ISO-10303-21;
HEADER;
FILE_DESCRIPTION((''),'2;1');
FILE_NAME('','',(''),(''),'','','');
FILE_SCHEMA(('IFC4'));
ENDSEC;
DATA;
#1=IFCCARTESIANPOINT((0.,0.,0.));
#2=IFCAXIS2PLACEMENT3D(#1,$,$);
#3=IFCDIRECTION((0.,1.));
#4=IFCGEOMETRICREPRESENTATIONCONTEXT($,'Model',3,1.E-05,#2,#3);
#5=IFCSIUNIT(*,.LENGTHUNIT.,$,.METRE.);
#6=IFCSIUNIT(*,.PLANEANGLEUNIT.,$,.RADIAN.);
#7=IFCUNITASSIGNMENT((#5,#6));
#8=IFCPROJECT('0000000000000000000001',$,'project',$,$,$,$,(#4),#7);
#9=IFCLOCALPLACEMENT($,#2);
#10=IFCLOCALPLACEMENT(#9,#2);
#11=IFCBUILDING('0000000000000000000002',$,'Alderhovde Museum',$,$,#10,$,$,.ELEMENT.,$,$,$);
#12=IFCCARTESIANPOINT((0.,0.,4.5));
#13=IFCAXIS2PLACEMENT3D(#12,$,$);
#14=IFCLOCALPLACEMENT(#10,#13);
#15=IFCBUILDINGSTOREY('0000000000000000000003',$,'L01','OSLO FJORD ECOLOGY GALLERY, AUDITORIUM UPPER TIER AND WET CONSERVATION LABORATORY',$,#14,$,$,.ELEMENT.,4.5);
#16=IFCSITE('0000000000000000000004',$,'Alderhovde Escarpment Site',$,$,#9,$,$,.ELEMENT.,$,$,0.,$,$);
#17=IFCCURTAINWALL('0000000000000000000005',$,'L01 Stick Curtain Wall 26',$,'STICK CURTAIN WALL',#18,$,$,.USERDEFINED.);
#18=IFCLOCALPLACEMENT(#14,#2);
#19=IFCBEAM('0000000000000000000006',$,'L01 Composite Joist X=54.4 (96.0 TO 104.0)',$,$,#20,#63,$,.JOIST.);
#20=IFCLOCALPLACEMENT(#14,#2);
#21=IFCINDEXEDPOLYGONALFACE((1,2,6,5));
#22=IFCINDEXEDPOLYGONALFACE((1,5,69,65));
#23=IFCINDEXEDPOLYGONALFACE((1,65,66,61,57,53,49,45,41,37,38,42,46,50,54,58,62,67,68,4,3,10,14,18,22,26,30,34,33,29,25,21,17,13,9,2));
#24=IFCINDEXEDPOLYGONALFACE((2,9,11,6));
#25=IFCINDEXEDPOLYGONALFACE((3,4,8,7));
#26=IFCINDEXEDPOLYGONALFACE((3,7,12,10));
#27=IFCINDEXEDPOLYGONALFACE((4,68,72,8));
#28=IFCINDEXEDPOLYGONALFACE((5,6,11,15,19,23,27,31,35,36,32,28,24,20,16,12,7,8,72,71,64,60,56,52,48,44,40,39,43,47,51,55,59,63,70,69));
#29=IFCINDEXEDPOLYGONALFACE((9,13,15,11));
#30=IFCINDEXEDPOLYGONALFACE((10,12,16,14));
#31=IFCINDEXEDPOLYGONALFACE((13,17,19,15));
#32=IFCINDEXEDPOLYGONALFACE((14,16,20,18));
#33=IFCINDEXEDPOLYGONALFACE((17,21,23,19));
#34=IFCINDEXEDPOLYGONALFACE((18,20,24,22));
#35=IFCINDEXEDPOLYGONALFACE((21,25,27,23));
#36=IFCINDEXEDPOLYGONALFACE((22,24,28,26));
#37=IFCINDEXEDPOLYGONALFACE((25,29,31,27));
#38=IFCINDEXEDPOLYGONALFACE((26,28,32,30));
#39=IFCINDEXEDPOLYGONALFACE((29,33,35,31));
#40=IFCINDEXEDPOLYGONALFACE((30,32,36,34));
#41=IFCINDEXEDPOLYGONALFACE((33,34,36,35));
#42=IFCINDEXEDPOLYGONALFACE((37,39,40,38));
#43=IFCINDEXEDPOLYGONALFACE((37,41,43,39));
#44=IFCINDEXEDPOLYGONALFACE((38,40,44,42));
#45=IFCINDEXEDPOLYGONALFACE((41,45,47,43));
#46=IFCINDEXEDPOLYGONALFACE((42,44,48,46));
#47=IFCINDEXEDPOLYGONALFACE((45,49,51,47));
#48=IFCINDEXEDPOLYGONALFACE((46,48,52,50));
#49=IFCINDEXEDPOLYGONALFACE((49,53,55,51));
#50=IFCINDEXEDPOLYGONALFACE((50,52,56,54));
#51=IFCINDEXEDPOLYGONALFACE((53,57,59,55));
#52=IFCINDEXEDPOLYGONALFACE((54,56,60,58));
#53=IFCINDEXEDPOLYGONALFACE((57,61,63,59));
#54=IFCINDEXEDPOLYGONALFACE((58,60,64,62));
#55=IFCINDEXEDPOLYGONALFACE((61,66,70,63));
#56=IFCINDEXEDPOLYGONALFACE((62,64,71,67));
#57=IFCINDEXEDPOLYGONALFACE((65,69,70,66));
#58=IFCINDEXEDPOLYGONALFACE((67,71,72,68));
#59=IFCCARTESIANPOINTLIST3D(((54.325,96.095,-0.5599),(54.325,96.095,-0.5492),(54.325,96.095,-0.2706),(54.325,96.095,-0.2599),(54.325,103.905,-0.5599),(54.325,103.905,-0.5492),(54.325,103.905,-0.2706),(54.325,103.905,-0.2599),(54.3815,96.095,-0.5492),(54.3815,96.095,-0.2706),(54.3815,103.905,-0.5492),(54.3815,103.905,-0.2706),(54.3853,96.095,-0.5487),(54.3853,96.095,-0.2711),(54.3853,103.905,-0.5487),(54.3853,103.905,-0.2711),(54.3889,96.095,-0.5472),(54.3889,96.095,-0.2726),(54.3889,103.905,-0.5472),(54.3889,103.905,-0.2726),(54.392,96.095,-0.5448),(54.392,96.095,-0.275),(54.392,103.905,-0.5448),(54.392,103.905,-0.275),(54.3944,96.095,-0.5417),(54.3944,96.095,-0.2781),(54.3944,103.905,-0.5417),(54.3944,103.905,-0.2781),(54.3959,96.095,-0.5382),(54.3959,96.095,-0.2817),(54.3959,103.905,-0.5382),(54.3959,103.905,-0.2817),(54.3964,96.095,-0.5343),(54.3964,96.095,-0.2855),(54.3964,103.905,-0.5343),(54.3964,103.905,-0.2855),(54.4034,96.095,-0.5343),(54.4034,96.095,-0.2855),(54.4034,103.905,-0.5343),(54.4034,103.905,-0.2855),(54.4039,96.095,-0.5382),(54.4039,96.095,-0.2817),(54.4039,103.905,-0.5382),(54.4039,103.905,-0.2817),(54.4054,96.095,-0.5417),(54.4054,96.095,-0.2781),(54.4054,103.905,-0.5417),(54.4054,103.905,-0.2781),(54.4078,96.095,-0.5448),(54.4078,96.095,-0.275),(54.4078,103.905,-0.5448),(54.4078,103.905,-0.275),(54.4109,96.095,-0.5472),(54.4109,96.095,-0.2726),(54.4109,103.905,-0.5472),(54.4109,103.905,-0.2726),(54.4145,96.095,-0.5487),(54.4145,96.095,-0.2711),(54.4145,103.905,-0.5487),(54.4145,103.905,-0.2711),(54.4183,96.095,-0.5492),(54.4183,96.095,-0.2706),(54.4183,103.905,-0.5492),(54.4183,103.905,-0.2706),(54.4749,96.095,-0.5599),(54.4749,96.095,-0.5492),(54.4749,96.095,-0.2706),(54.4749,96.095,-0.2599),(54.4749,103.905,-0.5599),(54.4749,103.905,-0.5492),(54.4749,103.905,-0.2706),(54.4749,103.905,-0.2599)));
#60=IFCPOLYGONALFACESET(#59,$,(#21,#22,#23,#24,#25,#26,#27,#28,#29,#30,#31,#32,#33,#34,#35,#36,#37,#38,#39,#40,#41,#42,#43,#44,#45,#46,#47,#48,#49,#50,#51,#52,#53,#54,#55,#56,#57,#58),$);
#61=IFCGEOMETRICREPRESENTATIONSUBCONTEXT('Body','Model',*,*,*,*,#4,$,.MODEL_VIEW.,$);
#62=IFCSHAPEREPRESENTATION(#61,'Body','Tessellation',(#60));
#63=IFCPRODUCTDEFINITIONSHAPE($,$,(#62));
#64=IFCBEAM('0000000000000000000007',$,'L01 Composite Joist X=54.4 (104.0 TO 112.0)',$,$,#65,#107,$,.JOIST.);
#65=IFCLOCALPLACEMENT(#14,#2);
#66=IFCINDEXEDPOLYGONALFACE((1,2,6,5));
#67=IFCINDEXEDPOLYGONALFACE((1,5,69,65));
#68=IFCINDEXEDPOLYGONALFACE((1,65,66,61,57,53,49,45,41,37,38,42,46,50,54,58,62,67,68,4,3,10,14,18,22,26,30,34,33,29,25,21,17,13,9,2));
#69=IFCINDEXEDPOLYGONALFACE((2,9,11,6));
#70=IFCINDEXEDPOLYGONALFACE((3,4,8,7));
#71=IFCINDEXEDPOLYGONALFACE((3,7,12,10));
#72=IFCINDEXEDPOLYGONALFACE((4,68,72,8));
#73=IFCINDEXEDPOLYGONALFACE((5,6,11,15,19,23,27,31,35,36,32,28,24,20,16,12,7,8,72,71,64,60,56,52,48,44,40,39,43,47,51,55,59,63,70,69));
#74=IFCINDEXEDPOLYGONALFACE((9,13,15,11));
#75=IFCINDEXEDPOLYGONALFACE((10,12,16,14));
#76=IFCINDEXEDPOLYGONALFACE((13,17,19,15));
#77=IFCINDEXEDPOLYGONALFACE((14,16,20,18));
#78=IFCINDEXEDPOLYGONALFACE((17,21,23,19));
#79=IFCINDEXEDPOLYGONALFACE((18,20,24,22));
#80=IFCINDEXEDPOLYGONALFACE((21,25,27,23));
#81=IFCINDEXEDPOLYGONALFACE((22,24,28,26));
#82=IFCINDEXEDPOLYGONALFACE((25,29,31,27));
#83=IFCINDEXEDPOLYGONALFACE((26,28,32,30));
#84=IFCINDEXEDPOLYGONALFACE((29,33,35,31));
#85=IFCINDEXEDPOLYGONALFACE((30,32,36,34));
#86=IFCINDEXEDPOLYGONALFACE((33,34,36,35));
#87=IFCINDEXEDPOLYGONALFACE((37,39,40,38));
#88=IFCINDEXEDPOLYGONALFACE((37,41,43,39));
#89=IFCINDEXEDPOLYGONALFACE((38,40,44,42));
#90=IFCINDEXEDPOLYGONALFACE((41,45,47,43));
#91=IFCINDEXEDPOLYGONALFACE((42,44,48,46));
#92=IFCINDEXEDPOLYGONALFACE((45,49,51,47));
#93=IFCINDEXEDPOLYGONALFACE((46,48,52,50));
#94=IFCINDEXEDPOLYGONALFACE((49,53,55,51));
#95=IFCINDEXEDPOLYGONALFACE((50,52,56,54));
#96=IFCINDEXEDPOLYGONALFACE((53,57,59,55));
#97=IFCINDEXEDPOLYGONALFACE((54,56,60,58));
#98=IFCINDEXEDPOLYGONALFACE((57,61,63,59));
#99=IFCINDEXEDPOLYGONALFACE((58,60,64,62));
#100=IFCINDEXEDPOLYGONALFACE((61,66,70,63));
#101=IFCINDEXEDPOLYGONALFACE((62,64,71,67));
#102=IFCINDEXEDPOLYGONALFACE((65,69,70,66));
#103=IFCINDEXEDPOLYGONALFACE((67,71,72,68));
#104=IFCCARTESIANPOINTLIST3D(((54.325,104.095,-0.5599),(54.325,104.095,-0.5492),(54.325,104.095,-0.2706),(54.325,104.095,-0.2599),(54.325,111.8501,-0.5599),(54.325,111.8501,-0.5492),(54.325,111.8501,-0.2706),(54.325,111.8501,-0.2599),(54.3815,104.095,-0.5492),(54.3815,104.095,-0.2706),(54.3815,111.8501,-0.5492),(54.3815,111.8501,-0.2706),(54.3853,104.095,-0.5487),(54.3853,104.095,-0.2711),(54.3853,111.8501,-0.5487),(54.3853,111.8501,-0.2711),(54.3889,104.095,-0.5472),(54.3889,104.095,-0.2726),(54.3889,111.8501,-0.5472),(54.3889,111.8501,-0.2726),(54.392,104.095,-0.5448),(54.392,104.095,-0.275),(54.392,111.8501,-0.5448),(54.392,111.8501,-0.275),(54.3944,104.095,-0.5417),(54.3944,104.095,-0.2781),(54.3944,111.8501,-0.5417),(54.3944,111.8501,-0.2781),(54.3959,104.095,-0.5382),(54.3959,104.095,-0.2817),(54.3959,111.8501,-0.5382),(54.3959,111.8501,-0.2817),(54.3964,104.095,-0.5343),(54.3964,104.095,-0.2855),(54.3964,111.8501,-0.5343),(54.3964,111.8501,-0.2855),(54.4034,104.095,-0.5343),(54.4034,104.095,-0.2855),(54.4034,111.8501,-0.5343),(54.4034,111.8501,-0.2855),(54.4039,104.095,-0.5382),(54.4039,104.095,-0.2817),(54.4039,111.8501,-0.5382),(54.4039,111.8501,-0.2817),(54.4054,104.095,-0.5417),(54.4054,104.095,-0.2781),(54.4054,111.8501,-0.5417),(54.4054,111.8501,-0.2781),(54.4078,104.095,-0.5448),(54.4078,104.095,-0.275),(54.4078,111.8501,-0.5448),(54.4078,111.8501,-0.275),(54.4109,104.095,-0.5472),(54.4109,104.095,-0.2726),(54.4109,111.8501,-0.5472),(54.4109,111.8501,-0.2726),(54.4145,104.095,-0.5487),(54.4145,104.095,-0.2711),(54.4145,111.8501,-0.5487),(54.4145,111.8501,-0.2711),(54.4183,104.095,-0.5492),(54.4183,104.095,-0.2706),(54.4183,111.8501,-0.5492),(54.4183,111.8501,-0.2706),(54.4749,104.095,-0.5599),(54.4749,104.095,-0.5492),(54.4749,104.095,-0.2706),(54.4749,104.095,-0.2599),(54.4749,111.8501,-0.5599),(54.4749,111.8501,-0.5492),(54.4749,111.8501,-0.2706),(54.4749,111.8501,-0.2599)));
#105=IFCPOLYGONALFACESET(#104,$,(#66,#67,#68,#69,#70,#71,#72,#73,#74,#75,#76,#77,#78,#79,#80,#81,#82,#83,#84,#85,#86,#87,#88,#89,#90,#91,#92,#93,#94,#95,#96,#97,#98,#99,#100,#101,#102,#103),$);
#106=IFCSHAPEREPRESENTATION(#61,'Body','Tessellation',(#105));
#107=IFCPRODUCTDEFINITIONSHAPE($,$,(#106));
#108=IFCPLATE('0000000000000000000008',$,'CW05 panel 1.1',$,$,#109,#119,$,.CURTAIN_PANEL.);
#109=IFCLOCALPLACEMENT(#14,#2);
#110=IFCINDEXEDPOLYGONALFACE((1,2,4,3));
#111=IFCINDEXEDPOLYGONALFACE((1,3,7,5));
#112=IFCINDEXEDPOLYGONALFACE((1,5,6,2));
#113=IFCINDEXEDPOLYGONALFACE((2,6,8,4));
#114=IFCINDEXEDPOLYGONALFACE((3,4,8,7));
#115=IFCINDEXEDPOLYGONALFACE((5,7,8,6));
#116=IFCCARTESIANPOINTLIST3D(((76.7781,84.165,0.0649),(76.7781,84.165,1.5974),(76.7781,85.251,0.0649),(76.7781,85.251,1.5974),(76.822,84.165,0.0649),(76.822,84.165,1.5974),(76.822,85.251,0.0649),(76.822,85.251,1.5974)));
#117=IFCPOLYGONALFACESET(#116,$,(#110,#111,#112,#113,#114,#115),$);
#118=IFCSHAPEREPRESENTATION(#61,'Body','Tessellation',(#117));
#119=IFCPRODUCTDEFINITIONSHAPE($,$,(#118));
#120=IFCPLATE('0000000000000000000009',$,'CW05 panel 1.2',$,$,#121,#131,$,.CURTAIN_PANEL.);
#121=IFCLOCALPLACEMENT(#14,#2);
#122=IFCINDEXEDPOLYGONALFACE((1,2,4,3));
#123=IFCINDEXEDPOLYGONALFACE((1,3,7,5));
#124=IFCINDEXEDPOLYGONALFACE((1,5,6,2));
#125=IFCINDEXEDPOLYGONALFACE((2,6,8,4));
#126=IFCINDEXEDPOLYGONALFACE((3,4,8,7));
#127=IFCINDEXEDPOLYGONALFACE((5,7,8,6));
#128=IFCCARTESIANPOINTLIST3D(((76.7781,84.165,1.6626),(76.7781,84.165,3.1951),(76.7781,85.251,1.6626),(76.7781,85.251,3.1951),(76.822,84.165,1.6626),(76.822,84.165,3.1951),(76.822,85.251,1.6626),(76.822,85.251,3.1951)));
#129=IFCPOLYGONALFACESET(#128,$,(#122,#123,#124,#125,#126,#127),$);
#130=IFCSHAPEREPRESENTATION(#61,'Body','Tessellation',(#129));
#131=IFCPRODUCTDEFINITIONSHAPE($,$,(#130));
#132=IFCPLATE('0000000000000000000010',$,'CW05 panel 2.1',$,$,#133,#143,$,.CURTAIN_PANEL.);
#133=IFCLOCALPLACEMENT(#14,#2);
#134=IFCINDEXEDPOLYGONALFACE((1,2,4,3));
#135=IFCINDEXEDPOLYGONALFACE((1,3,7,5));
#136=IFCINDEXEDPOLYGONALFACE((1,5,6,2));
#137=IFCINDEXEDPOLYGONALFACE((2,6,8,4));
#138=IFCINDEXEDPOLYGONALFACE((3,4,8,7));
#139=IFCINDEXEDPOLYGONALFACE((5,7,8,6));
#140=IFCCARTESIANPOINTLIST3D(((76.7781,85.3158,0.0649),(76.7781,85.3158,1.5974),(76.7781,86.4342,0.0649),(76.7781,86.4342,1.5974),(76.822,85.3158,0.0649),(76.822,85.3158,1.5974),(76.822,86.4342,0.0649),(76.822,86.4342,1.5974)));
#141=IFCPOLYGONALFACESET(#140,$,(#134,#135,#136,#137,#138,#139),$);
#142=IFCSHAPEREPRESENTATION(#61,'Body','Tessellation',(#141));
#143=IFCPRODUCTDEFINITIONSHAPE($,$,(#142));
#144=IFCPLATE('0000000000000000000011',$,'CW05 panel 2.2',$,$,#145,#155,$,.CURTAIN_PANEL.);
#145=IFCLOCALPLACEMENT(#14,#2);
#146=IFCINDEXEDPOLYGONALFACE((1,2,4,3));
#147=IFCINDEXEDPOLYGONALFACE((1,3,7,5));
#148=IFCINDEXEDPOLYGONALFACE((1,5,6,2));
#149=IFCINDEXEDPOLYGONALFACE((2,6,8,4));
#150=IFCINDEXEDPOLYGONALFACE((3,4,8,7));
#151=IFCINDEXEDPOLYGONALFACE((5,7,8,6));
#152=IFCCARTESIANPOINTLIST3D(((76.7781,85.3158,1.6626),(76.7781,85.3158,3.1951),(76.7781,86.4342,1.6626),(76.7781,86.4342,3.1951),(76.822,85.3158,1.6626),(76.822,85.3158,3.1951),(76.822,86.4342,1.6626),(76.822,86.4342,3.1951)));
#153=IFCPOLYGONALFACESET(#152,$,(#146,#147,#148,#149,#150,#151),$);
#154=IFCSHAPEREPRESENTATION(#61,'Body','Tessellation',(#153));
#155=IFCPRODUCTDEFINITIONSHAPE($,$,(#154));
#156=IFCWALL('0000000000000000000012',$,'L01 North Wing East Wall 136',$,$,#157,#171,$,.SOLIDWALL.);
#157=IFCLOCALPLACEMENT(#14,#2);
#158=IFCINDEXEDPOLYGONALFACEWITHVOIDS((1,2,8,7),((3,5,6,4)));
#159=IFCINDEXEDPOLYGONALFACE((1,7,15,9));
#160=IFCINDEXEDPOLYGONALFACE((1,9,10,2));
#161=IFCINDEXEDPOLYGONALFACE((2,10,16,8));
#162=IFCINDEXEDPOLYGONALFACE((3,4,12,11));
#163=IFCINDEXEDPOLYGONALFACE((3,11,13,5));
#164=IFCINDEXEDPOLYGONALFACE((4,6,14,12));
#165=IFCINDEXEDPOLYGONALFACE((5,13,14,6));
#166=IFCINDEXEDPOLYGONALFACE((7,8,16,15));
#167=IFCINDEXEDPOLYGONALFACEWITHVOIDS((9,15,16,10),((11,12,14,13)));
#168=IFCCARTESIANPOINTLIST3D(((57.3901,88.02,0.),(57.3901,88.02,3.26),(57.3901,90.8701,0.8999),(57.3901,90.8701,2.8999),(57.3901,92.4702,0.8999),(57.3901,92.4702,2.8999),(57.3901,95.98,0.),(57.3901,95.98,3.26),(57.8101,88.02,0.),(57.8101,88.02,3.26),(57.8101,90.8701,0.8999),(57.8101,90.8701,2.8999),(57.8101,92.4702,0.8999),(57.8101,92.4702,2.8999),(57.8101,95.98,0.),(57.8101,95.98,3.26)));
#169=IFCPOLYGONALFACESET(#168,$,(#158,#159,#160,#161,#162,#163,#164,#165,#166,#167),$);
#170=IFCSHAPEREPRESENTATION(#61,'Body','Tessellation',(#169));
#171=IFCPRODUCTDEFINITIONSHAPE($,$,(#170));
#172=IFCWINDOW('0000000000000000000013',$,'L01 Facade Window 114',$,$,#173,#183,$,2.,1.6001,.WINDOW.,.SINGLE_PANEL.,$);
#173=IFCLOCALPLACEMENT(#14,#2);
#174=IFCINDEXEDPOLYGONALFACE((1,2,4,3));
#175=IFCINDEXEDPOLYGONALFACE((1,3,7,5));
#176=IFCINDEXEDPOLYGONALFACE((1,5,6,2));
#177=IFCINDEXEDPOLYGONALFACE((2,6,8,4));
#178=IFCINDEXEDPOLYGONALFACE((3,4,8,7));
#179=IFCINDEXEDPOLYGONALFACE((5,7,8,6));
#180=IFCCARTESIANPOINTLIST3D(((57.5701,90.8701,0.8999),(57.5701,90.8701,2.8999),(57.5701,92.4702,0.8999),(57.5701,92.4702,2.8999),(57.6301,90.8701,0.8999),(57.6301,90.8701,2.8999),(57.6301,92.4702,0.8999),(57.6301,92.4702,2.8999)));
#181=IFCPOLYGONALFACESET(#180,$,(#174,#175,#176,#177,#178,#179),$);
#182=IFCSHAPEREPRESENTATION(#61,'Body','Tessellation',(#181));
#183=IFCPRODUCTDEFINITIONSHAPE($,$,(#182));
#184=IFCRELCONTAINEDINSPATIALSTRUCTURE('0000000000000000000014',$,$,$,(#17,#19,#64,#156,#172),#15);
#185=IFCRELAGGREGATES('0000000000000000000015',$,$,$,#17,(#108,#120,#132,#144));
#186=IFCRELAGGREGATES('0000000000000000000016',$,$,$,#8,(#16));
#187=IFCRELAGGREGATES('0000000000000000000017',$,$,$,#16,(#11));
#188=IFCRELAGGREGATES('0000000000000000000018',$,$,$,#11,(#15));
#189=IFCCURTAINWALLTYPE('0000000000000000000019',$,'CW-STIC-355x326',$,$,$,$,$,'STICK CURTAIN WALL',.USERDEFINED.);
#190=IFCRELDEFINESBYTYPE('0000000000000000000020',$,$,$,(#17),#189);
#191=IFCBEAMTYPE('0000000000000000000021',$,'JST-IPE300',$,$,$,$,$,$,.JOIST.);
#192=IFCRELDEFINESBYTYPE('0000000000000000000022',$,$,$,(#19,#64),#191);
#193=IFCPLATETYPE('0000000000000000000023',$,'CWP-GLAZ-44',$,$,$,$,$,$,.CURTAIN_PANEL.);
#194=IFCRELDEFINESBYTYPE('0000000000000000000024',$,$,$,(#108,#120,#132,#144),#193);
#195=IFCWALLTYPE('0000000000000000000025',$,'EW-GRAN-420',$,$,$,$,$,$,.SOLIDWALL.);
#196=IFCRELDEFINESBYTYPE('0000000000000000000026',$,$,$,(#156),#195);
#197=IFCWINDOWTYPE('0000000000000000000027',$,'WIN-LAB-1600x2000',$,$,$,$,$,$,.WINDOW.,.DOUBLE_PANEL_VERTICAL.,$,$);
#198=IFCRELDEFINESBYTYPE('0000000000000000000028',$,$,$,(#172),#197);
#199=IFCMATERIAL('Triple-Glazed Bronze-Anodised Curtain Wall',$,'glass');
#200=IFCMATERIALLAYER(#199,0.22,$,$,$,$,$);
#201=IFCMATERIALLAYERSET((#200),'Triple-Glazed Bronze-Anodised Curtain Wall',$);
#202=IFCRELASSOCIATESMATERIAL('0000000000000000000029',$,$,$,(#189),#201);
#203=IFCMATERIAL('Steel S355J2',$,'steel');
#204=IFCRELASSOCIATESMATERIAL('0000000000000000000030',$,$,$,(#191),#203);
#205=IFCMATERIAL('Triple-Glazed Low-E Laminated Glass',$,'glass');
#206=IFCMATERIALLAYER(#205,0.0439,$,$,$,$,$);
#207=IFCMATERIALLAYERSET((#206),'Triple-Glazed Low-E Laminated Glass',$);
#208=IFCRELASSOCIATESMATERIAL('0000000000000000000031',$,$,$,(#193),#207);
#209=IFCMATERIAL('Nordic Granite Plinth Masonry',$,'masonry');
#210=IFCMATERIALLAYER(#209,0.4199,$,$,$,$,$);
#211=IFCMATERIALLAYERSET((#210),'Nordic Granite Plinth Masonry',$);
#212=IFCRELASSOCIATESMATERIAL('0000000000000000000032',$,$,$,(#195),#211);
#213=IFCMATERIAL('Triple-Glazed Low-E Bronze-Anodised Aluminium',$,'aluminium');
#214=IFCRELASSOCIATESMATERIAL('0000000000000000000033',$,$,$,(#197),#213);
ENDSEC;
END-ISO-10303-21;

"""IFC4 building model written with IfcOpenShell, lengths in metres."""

from ifc_helpers import new_model, si_unit, direction, frame, frame_2d, origin, origin_2d, place, context, subcontext, project, spatial, rectangle, i_section, extrude, material, layer, layer_set, material_profile, profile_set, type_object, element, fill, aggregate, save


model = new_model("IFC4")

# Units and contexts
model_context = context("Model", 3, precision=1e-05, world=origin(), true_north=direction((0.0, 1.0)))
body_context = subcontext(model_context, "Body", "Model", "MODEL_VIEW")
ifc_project = project(units=[si_unit("LENGTHUNIT", "METRE"), si_unit("PLANEANGLEUNIT", "RADIAN")], contexts=[model_context])

# Site, building, storey
site_placement = place(None, origin())
site = spatial("IfcSite", under=ifc_project, at=site_placement, Name="Alderhovde Escarpment Site", CompositionType="ELEMENT", RefElevation=0.0)
building_placement = place(site_placement, origin())
building = spatial("IfcBuilding", under=site, at=building_placement, Name="Alderhovde Museum", CompositionType="ELEMENT")
storey_placement = place(building_placement, frame((0.0, 0.0, 4.5)))
storey = spatial("IfcBuildingStorey", under=building, at=storey_placement, Name="L01", Description="OSLO FJORD ECOLOGY GALLERY, AUDITORIUM UPPER TIER AND WET CONSERVATION LABORATORY", CompositionType="ELEMENT", Elevation=4.5)

# Curtain wall
ifc_material_1 = material(Name="Triple-Glazed Bronze-Anodised Curtain Wall", Category="glass")
ifc_layer_1 = layer(ifc_material_1, 0.22)
ifc_layer_set_1 = layer_set([ifc_layer_1], Name="Triple-Glazed Bronze-Anodised Curtain Wall")
curtain_wall_type = type_object("IfcCurtainWallType", Name="CW-STIC-355x326", ElementType="STICK CURTAIN WALL", PredefinedType="USERDEFINED", material=ifc_layer_set_1)
curtain_wall_placement = place(storey_placement, origin())
curtain_wall = element("IfcCurtainWall", 1, at=curtain_wall_placement, inside=storey, type_object=curtain_wall_type, Name="L01 Stick Curtain Wall 26", ObjectType="STICK CURTAIN WALL", PredefinedType="USERDEFINED")

# Beams
ifc_material_2 = material(Name="Steel S355J2", Category="steel")
ifc_material_profile_1 = material_profile(ifc_material_2, i_section(OverallWidth=0.1499, OverallDepth=0.3, WebThickness=0.0071, FlangeThickness=0.0107, FilletRadius=0.0149, at=origin_2d()), Name="IPE 300")
ifc_profile_set_1 = profile_set([ifc_material_profile_1], Name="Steel S355J2")
beam_type_1 = type_object("IfcBeamType", Name="JST-IPE300", PredefinedType="JOIST", material=ifc_profile_set_1)
for number, where, z_axis, x_axis, name in (
    (2, (54.3999, 96.095, -0.4099), (0.0, 1.0, 0.0), (-1.0, 0.0, 0.0), "L01 Composite Joist X=54.4 (96.0 TO 104.0)"),
):
    element("IfcBeam", number, at=place(storey_placement, frame(where, z_axis=z_axis, x_axis=x_axis)), inside=storey, type_object=beam_type_1, Name=name, PredefinedType="JOIST", context=body_context, shape_type="SweptSolid", body=[
        extrude(i_section(OverallWidth=0.1499, OverallDepth=0.3, WebThickness=0.0071, FlangeThickness=0.0107, FilletRadius=0.0149, at=origin_2d()), origin(), (0.0, 0.0, 1.0), 7.8101),
    ])
beam_placement = place(storey_placement, frame((54.3999, 104.095, -0.4099), z_axis=(0.0, 1.0, 0.0), x_axis=(-1.0, 0.0, 0.0)))
element("IfcBeam", 3, at=beam_placement, inside=storey, type_object=beam_type_1, Name="L01 Composite Joist X=54.4 (104.0 TO 112.0)", PredefinedType="JOIST", context=body_context, shape_type="SweptSolid", body=[
    extrude(i_section(OverallWidth=0.1499, OverallDepth=0.3, WebThickness=0.0071, FlangeThickness=0.0107, FilletRadius=0.0149, at=origin_2d()), origin(), (0.0, 0.0, 1.0), 7.7551),
])

# Plates
ifc_material_3 = material(Name="Triple-Glazed Low-E Laminated Glass", Category="glass")
ifc_layer_2 = layer(ifc_material_3, 0.0439)
ifc_layer_set_2 = layer_set([ifc_layer_2], Name="Triple-Glazed Low-E Laminated Glass")
plate_type = type_object("IfcPlateType", Name="CWP-GLAZ-44", PredefinedType="CURTAIN_PANEL", material=ifc_layer_set_2)
plate_1_placement = place(storey_placement, frame((76.8, 84.708, 0.0649), z_axis=(0.0, 0.0, 1.0), x_axis=(0.0, 1.0, 0.0)))
plate_1 = element("IfcPlate", 4, at=plate_1_placement, type_object=plate_type, Name="CW05 panel 1.1", PredefinedType="CURTAIN_PANEL", context=body_context, shape_type="SweptSolid", body=[
    extrude(rectangle(XDim=1.0859, YDim=0.0439, at=origin_2d()), origin(), (0.0, 0.0, 1.0), 1.5325),
])
plate_2_placement = place(storey_placement, frame((76.8, 84.708, 1.6626), z_axis=(0.0, 0.0, 1.0), x_axis=(0.0, 1.0, 0.0)))
plate_2 = element("IfcPlate", 5, at=plate_2_placement, type_object=plate_type, Name="CW05 panel 1.2", PredefinedType="CURTAIN_PANEL", context=body_context, shape_type="SweptSolid", body=[
    extrude(rectangle(XDim=1.0859, YDim=0.0439, at=origin_2d()), origin(), (0.0, 0.0, 1.0), 1.5325),
])
plate_3_placement = place(storey_placement, frame((76.8, 85.875, 0.0649), z_axis=(0.0, 0.0, 1.0), x_axis=(0.0, 1.0, 0.0)))
plate_3 = element("IfcPlate", 6, at=plate_3_placement, type_object=plate_type, Name="CW05 panel 2.1", PredefinedType="CURTAIN_PANEL", context=body_context, shape_type="SweptSolid", body=[
    extrude(rectangle(XDim=1.1184, YDim=0.0439, at=origin_2d()), origin(), (0.0, 0.0, 1.0), 1.5325),
])
plate_4_placement = place(storey_placement, frame((76.8, 85.875, 1.6626), z_axis=(0.0, 0.0, 1.0), x_axis=(0.0, 1.0, 0.0)))
plate_4 = element("IfcPlate", 7, at=plate_4_placement, type_object=plate_type, Name="CW05 panel 2.2", PredefinedType="CURTAIN_PANEL", context=body_context, shape_type="SweptSolid", body=[
    extrude(rectangle(XDim=1.1184, YDim=0.0439, at=origin_2d()), origin(), (0.0, 0.0, 1.0), 1.5325),
])
aggregate(curtain_wall, [plate_1, plate_2, plate_3, plate_4])

# Wall, opening, window
ifc_material_4 = material(Name="Nordic Granite Plinth Masonry", Category="masonry")
ifc_layer_3 = layer(ifc_material_4, 0.4199)
ifc_layer_set_3 = layer_set([ifc_layer_3], Name="Nordic Granite Plinth Masonry")
wall_type = type_object("IfcWallType", Name="EW-GRAN-420", PredefinedType="SOLIDWALL", material=ifc_layer_set_3)
wall_1_placement = place(storey_placement, frame((57.6001, 88.02, 0.0), z_axis=(0.0, 0.0, 1.0), x_axis=(0.0, 1.0, 0.0)))
wall_1 = element("IfcWall", 8, at=wall_1_placement, inside=storey, type_object=wall_type, Name="L01 North Wing East Wall 136", PredefinedType="SOLIDWALL", context=body_context, shape_type="SweptSolid", body=[
    extrude(rectangle(XDim=7.96, YDim=0.4199, at=frame_2d((3.98, 0.0))), origin(), (0.0, 0.0, 1.0), 3.26),
])
opening_1_placement = place(wall_1_placement, frame((2.8501, 0.0, 0.8999)))
opening_1 = element("IfcOpeningElement", 9, at=opening_1_placement, cuts=wall_1, PredefinedType="OPENING", context=body_context, shape_type="SweptSolid", body=[
    extrude(rectangle(XDim=1.6001, YDim=2.0, at=frame_2d((0.8, 1.0))), frame((0.0, 0.22, 0.0), z_axis=(0.0, -1.0, 0.0), x_axis=(1.0, 0.0, 0.0)), (0.0, 0.0, 1.0), 0.4399),
])
ifc_material_5 = material(Name="Triple-Glazed Low-E Bronze-Anodised Aluminium", Category="aluminium")
window_type = type_object("IfcWindowType", Name="WIN-LAB-1600x2000", PartitioningType="DOUBLE_PANEL_VERTICAL", PredefinedType="WINDOW", material=ifc_material_5)
window_1_placement = place(opening_1_placement, origin())
window_1 = element("IfcWindow", 10, at=window_1_placement, inside=storey, type_object=window_type, Name="L01 Facade Window 114", OverallHeight=2.0, OverallWidth=1.6001, PartitioningType="SINGLE_PANEL", PredefinedType="WINDOW", context=body_context, shape_type="SweptSolid", body=[
    extrude(rectangle(XDim=1.6001, YDim=2.0, at=frame_2d((0.8, 1.0))), frame((0.0, 0.03, 0.0), z_axis=(0.0, -1.0, 0.0), x_axis=(1.0, 0.0, 0.0)), (0.0, 0.0, 1.0), 0.0601),
])
fill(opening_1, window_1)

save(model, "model.ifc")
